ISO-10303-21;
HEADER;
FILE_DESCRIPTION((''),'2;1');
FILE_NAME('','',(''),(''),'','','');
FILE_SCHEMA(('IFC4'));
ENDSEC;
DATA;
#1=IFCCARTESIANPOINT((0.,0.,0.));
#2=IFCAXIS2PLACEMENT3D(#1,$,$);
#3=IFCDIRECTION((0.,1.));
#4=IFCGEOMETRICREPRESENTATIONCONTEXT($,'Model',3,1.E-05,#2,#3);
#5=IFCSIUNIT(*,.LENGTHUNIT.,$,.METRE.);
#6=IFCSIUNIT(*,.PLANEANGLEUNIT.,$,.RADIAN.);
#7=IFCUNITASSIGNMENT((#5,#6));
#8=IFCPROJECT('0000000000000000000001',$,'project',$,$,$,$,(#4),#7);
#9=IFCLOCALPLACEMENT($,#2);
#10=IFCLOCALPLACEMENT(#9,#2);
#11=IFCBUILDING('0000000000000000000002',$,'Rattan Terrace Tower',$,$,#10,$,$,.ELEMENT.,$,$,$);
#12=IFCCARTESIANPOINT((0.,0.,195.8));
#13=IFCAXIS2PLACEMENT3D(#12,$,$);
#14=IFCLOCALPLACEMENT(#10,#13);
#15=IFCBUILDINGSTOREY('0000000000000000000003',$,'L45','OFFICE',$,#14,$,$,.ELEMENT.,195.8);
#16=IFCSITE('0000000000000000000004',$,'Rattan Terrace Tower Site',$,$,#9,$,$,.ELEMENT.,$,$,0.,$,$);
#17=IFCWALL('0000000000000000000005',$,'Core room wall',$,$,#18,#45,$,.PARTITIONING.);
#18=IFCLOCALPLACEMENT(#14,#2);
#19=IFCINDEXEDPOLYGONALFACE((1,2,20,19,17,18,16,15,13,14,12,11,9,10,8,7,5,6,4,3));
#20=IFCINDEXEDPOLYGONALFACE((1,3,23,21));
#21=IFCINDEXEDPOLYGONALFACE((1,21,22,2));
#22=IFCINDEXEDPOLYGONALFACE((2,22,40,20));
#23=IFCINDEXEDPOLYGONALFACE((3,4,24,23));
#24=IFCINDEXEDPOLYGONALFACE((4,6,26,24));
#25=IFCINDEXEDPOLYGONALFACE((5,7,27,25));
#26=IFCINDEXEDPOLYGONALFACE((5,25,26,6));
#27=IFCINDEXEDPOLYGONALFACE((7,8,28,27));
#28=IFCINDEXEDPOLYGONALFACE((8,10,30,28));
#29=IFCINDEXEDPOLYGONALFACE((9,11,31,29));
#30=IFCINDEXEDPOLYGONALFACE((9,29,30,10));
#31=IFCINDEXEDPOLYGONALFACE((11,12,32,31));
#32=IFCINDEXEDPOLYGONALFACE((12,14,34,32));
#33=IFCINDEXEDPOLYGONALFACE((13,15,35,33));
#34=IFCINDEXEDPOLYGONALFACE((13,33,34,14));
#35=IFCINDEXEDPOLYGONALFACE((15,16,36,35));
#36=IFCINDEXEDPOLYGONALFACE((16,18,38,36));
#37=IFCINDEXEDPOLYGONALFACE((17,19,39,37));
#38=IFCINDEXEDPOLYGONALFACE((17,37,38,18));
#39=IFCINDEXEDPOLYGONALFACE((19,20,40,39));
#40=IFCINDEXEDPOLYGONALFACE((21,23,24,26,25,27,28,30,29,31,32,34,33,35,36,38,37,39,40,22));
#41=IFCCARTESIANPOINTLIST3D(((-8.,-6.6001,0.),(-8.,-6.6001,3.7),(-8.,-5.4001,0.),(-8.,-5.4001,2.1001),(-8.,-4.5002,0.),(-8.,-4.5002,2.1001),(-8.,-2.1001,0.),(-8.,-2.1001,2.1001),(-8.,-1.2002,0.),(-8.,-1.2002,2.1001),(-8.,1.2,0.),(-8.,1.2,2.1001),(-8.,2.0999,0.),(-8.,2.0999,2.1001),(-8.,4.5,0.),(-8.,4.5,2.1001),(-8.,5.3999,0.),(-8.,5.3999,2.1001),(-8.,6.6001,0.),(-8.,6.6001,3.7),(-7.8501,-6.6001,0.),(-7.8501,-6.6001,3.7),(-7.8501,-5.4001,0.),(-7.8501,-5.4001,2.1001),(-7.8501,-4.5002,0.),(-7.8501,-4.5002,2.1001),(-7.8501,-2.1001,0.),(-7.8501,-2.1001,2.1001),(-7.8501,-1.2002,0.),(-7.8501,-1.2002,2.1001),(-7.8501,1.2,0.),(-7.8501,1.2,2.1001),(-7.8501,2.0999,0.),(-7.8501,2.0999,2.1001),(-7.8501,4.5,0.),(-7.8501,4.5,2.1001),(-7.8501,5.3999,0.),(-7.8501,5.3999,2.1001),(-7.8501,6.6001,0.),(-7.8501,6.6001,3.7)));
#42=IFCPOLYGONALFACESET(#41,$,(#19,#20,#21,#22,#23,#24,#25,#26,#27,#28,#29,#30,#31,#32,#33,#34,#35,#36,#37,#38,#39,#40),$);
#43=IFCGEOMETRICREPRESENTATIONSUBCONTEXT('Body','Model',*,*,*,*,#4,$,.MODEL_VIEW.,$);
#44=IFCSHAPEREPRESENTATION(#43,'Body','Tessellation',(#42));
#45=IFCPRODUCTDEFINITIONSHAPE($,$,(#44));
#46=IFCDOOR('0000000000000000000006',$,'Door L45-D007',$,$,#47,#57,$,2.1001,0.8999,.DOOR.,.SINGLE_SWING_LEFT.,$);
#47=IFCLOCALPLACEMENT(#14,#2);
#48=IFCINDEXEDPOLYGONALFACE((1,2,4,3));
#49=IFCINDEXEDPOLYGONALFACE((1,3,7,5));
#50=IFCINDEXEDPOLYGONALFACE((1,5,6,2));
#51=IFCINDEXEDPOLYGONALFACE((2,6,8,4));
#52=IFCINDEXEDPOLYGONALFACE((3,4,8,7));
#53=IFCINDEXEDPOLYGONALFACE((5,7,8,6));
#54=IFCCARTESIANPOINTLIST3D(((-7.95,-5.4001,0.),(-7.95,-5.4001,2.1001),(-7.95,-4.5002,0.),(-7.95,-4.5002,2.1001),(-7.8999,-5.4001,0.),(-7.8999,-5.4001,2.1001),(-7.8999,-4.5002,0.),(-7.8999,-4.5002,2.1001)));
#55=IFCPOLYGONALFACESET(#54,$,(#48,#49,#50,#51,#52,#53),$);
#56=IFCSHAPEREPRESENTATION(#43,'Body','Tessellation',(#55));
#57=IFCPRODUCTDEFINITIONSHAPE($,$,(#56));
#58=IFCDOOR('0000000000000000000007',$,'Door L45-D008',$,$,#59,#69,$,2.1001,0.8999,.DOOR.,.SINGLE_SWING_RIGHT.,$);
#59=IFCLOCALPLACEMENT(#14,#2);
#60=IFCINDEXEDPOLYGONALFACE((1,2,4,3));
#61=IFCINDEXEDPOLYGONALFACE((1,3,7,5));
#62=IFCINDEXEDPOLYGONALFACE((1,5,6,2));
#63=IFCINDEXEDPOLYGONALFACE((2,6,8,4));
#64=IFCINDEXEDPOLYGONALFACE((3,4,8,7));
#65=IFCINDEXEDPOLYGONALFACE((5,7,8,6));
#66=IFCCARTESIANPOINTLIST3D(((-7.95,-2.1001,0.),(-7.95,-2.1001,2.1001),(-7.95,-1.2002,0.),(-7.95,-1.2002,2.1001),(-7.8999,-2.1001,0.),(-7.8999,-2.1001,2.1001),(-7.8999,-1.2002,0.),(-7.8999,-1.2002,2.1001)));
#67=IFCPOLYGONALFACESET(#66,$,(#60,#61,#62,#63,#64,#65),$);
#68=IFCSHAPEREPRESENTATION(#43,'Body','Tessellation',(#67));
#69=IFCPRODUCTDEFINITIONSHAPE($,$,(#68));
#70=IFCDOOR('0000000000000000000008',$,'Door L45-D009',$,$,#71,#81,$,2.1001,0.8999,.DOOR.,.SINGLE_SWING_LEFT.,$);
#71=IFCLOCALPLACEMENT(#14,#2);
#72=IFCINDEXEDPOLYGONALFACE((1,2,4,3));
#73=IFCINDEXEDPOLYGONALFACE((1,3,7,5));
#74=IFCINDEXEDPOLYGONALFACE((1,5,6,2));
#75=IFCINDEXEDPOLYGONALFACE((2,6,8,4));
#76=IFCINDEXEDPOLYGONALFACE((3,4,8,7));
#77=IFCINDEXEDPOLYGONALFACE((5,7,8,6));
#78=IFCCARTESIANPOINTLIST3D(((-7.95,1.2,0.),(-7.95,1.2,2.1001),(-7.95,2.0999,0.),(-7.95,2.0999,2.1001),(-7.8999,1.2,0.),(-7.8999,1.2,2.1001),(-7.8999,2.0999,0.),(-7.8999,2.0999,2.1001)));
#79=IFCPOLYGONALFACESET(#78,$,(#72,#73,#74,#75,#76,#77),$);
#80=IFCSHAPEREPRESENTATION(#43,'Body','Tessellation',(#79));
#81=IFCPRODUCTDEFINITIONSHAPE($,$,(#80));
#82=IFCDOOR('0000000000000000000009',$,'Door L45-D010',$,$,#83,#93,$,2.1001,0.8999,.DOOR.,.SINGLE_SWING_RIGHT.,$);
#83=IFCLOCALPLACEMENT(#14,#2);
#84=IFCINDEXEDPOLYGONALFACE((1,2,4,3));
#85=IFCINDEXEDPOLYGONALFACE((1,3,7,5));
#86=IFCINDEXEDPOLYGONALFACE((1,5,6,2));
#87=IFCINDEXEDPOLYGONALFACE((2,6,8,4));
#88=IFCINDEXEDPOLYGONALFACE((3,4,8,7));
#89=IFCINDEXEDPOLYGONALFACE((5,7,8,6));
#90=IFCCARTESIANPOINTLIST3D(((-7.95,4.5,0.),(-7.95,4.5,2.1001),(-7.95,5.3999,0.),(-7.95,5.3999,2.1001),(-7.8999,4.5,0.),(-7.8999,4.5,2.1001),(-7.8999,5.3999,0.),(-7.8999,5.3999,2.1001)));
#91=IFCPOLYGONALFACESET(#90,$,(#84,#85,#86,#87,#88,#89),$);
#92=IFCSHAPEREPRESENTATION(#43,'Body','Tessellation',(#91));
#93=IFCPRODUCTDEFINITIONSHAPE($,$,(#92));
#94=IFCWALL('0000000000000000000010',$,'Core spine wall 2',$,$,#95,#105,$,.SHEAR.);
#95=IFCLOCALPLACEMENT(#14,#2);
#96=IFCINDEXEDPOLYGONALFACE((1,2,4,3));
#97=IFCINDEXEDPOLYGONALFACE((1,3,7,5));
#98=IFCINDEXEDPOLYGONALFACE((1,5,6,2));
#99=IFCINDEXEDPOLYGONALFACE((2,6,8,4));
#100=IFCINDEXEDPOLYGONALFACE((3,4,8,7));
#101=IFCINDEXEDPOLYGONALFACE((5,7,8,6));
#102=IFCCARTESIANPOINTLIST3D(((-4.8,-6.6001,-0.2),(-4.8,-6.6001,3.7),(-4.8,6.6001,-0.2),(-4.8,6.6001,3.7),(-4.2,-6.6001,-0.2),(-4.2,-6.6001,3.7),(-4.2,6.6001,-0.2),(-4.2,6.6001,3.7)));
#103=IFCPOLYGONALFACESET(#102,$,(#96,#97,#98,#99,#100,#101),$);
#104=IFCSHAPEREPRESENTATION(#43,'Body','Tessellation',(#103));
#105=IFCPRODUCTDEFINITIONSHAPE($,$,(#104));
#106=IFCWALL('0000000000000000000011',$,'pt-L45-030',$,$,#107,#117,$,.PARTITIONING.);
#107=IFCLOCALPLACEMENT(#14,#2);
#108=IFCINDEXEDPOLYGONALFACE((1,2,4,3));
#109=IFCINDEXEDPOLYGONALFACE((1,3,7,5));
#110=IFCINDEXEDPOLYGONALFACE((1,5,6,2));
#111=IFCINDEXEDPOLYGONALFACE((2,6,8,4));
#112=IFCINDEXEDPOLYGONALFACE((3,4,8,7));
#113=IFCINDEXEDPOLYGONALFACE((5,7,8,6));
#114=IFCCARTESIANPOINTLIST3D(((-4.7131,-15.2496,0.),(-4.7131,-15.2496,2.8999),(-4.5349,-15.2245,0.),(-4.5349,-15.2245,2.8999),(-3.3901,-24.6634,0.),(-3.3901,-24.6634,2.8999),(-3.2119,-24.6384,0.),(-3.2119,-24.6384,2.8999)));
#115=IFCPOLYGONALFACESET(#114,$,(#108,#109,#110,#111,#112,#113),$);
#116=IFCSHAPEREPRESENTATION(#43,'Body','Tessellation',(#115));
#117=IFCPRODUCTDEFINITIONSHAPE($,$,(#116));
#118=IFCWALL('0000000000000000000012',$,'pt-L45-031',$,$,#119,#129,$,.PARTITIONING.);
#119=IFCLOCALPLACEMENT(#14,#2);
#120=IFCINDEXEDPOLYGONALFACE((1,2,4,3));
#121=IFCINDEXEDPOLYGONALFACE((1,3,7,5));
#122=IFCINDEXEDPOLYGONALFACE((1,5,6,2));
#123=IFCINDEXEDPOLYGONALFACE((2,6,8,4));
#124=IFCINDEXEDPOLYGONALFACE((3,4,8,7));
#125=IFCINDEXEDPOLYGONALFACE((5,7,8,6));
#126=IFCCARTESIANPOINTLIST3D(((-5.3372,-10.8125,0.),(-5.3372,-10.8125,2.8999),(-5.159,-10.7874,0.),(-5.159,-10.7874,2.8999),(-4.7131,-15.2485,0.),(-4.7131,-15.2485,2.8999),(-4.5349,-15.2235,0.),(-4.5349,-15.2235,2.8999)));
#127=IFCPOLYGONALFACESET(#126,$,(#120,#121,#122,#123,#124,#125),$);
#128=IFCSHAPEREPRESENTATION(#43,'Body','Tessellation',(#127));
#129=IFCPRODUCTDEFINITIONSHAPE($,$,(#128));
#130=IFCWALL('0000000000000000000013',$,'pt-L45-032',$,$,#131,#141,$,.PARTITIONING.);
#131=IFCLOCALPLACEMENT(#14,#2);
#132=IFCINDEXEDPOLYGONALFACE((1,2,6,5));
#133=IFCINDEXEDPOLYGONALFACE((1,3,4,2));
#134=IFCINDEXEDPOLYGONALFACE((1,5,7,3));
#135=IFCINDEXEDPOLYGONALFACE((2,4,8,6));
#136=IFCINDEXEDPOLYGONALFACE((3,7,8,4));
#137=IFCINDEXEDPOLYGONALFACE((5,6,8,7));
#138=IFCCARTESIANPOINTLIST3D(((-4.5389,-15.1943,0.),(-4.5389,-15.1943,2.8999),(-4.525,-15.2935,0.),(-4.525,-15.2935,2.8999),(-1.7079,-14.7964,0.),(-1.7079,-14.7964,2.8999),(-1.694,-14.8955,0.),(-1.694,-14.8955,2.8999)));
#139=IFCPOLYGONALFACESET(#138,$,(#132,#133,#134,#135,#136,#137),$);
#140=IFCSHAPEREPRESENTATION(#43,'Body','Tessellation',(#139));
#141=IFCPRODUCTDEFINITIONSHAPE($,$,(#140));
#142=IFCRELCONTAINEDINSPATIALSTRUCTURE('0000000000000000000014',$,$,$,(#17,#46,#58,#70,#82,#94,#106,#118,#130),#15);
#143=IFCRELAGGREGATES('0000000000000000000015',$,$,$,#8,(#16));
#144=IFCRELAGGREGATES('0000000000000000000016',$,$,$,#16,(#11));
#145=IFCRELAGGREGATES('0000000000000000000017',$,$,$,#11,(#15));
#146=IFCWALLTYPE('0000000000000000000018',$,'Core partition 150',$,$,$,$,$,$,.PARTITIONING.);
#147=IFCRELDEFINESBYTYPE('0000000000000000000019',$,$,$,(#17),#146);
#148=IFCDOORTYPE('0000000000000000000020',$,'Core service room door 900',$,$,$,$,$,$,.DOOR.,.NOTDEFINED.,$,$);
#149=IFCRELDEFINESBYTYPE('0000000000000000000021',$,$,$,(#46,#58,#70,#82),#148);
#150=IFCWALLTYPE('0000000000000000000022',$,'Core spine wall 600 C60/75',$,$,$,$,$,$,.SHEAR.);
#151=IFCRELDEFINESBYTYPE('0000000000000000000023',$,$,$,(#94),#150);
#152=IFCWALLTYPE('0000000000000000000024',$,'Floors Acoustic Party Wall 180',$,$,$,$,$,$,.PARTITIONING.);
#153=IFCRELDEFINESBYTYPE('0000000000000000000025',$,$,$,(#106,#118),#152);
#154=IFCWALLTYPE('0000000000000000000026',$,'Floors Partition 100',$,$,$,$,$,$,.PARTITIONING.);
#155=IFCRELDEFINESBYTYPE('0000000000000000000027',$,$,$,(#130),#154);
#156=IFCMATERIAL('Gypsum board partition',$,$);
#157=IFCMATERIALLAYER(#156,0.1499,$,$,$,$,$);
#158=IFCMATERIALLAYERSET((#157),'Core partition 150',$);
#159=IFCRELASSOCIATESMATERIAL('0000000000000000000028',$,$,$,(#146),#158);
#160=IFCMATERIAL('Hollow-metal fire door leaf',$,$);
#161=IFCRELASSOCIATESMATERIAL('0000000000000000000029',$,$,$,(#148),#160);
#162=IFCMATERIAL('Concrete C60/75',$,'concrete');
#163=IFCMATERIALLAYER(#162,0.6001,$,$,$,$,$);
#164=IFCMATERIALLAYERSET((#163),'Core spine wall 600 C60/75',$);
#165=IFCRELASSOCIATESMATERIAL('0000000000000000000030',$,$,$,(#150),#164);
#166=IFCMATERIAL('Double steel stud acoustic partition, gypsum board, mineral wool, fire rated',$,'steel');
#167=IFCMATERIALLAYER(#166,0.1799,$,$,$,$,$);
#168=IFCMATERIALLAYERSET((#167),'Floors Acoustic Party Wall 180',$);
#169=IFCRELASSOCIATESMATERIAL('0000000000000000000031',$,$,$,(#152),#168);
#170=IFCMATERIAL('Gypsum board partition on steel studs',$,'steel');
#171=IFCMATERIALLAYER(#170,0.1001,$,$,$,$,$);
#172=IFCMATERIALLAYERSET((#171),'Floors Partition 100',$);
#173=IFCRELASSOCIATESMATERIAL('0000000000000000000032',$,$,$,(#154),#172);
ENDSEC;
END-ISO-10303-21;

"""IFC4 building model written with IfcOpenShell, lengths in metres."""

from ifc_helpers import new_model, si_unit, direction, frame, frame_2d, origin, place, context, subcontext, project, spatial, rectangle, extrude, material, layer, layer_set, type_object, element, fill, save


model = new_model("IFC4")

# Units and contexts
model_context = context("Model", 3, precision=1e-05, world=origin(), true_north=direction((0.0, 1.0)))
body_context = subcontext(model_context, "Body", "Model", "MODEL_VIEW")
ifc_project = project(units=[si_unit("LENGTHUNIT", "METRE"), si_unit("PLANEANGLEUNIT", "RADIAN")], contexts=[model_context])

# Site, building, storey
site_placement = place(None, origin())
site = spatial("IfcSite", under=ifc_project, at=site_placement, Name="Rattan Terrace Tower Site", CompositionType="ELEMENT", RefElevation=0.0)
building_placement = place(site_placement, origin())
building = spatial("IfcBuilding", under=site, at=building_placement, Name="Rattan Terrace Tower", CompositionType="ELEMENT")
storey_placement = place(building_placement, frame((0.0, 0.0, 195.8)))
storey = spatial("IfcBuildingStorey", under=building, at=storey_placement, Name="L45", Description="OFFICE", CompositionType="ELEMENT", Elevation=195.8)

# Wall, openings, doors
ifc_material_1 = material(Name="Gypsum board partition")
ifc_layer_1 = layer(ifc_material_1, 0.1499)
ifc_layer_set_1 = layer_set([ifc_layer_1], Name="Core partition 150")
wall_type_1 = type_object("IfcWallType", Name="Core partition 150", PredefinedType="PARTITIONING", material=ifc_layer_set_1)
wall_1_placement = place(storey_placement, frame((-7.925, -6.6001, 0.0), z_axis=(0.0, 0.0, 1.0), x_axis=(0.0, 1.0, 0.0)))
wall_1 = element("IfcWall", 1, at=wall_1_placement, inside=storey, type_object=wall_type_1, Name="Core room wall", PredefinedType="PARTITIONING", context=body_context, shape_type="SweptSolid", body=[
    extrude(rectangle(XDim=13.2002, YDim=0.1499, at=frame_2d((6.6001, 0.0))), origin(), (0.0, 0.0, 1.0), 3.7),
])
opening_1_placement = place(wall_1_placement, frame((1.2, 0.0, 0.0)))
opening_1 = element("IfcOpeningElement", 2, at=opening_1_placement, cuts=wall_1, PredefinedType="OPENING", context=body_context, shape_type="SweptSolid", body=[
    extrude(rectangle(XDim=0.8999, YDim=2.1001, at=frame_2d((0.45, 1.05))), frame((0.0, 0.0854, 0.0), z_axis=(0.0, -1.0, 0.0), x_axis=(1.0, 0.0, 0.0)), (0.0, 0.0, 1.0), 0.1709),
])
opening_2_placement = place(wall_1_placement, frame((4.5, 0.0, 0.0)))
opening_2 = element("IfcOpeningElement", 3, at=opening_2_placement, cuts=wall_1, PredefinedType="OPENING", context=body_context, shape_type="SweptSolid", body=[
    extrude(rectangle(XDim=0.8999, YDim=2.1001, at=frame_2d((0.45, 1.05))), frame((0.0, 0.0854, 0.0), z_axis=(0.0, -1.0, 0.0), x_axis=(1.0, 0.0, 0.0)), (0.0, 0.0, 1.0), 0.1709),
])
opening_3_placement = place(wall_1_placement, frame((7.8, 0.0, 0.0)))
opening_3 = element("IfcOpeningElement", 4, at=opening_3_placement, cuts=wall_1, PredefinedType="OPENING", context=body_context, shape_type="SweptSolid", body=[
    extrude(rectangle(XDim=0.8999, YDim=2.1001, at=frame_2d((0.45, 1.05))), frame((0.0, 0.0854, 0.0), z_axis=(0.0, -1.0, 0.0), x_axis=(1.0, 0.0, 0.0)), (0.0, 0.0, 1.0), 0.1709),
])
opening_4_placement = place(wall_1_placement, frame((11.1001, 0.0, 0.0)))
opening_4 = element("IfcOpeningElement", 5, at=opening_4_placement, cuts=wall_1, PredefinedType="OPENING", context=body_context, shape_type="SweptSolid", body=[
    extrude(rectangle(XDim=0.8999, YDim=2.1001, at=frame_2d((0.45, 1.05))), frame((0.0, 0.0854, 0.0), z_axis=(0.0, -1.0, 0.0), x_axis=(1.0, 0.0, 0.0)), (0.0, 0.0, 1.0), 0.1709),
])
ifc_material_2 = material(Name="Hollow-metal fire door leaf")
door_type_1 = type_object("IfcDoorType", Name="Core service room door 900", OperationType="NOTDEFINED", PredefinedType="DOOR", material=ifc_material_2)
door_1_placement = place(opening_1_placement, origin())
door_1 = element("IfcDoor", 6, at=door_1_placement, inside=storey, type_object=door_type_1, Name="Door L45-D007", OperationType="SINGLE_SWING_LEFT", OverallHeight=2.1001, OverallWidth=0.8999, PredefinedType="DOOR", context=body_context, shape_type="SweptSolid", body=[
    extrude(rectangle(XDim=0.8999, YDim=2.1001, at=frame_2d((0.45, 1.05))), frame((0.0, 0.0249, 0.0), z_axis=(0.0, -1.0, 0.0), x_axis=(1.0, 0.0, 0.0)), (0.0, 0.0, 1.0), 0.05),
])
fill(opening_1, door_1)
door_2_placement = place(opening_2_placement, origin())
door_2 = element("IfcDoor", 7, at=door_2_placement, inside=storey, type_object=door_type_1, Name="Door L45-D008", OperationType="SINGLE_SWING_RIGHT", OverallHeight=2.1001, OverallWidth=0.8999, PredefinedType="DOOR", context=body_context, shape_type="SweptSolid", body=[
    extrude(rectangle(XDim=0.8999, YDim=2.1001, at=frame_2d((0.45, 1.05))), frame((0.0, 0.0249, 0.0), z_axis=(0.0, -1.0, 0.0), x_axis=(1.0, 0.0, 0.0)), (0.0, 0.0, 1.0), 0.05),
])
fill(opening_2, door_2)
door_3_placement = place(opening_3_placement, origin())
door_3 = element("IfcDoor", 8, at=door_3_placement, inside=storey, type_object=door_type_1, Name="Door L45-D009", OperationType="SINGLE_SWING_LEFT", OverallHeight=2.1001, OverallWidth=0.8999, PredefinedType="DOOR", context=body_context, shape_type="SweptSolid", body=[
    extrude(rectangle(XDim=0.8999, YDim=2.1001, at=frame_2d((0.45, 1.05))), frame((0.0, 0.0249, 0.0), z_axis=(0.0, -1.0, 0.0), x_axis=(1.0, 0.0, 0.0)), (0.0, 0.0, 1.0), 0.05),
])
fill(opening_3, door_3)
door_4_placement = place(opening_4_placement, origin())
door_4 = element("IfcDoor", 9, at=door_4_placement, inside=storey, type_object=door_type_1, Name="Door L45-D010", OperationType="SINGLE_SWING_RIGHT", OverallHeight=2.1001, OverallWidth=0.8999, PredefinedType="DOOR", context=body_context, shape_type="SweptSolid", body=[
    extrude(rectangle(XDim=0.8999, YDim=2.1001, at=frame_2d((0.45, 1.05))), frame((0.0, 0.0249, 0.0), z_axis=(0.0, -1.0, 0.0), x_axis=(1.0, 0.0, 0.0)), (0.0, 0.0, 1.0), 0.05),
])
fill(opening_4, door_4)

# Walls
ifc_material_3 = material(Name="Concrete C60/75", Category="concrete")
ifc_layer_2 = layer(ifc_material_3, 0.6001)
ifc_layer_set_2 = layer_set([ifc_layer_2], Name="Core spine wall 600 C60/75")
wall_type_2 = type_object("IfcWallType", Name="Core spine wall 600 C60/75", PredefinedType="SHEAR", material=ifc_layer_set_2)
wall_2_placement = place(storey_placement, frame((-4.5, -6.6001, -0.2), z_axis=(0.0, 0.0, 1.0), x_axis=(0.0, 1.0, 0.0)))
element("IfcWall", 10, at=wall_2_placement, inside=storey, type_object=wall_type_2, Name="Core spine wall 2", PredefinedType="SHEAR", context=body_context, shape_type="SweptSolid", body=[
    extrude(rectangle(XDim=13.2002, YDim=0.6001, at=frame_2d((6.6001, 0.0))), origin(), (0.0, 0.0, 1.0), 3.8999),
])
ifc_material_4 = material(Name="Double steel stud acoustic partition, gypsum board, mineral wool, fire rated", Category="steel")
ifc_layer_3 = layer(ifc_material_4, 0.1799)
ifc_layer_set_3 = layer_set([ifc_layer_3], Name="Floors Acoustic Party Wall 180")
wall_type_3 = type_object("IfcWallType", Name="Floors Acoustic Party Wall 180", PredefinedType="PARTITIONING", material=ifc_layer_set_3)
wall_3_placement = place(storey_placement, frame((-4.624, -15.2371, 0.0), z_axis=(0.0, 0.0, 1.0), x_axis=(0.13917, -0.990268, 0.0)))
element("IfcWall", 11, at=wall_3_placement, inside=storey, type_object=wall_type_3, Name="pt-L45-030", PredefinedType="PARTITIONING", context=body_context, shape_type="SweptSolid", body=[
    extrude(rectangle(XDim=9.5063, YDim=0.1799, at=frame_2d((4.7532, 0.0))), origin(), (0.0, 0.0, 1.0), 2.8999),
])
wall_4_placement = place(storey_placement, frame((-5.248, -10.8, 0.0), z_axis=(0.0, 0.0, 1.0), x_axis=(0.1393, -0.99025, 0.0)))
element("IfcWall", 12, at=wall_4_placement, inside=storey, type_object=wall_type_3, Name="pt-L45-031", PredefinedType="PARTITIONING", context=body_context, shape_type="SweptSolid", body=[
    extrude(rectangle(XDim=4.4797, YDim=0.1799, at=frame_2d((2.2397, 0.0))), origin(), (0.0, 0.0, 1.0), 2.8999),
])
ifc_material_5 = material(Name="Gypsum board partition on steel studs", Category="steel")
ifc_layer_4 = layer(ifc_material_5, 0.1001)
ifc_layer_set_4 = layer_set([ifc_layer_4], Name="Floors Partition 100")
wall_type_4 = type_object("IfcWallType", Name="Floors Partition 100", PredefinedType="PARTITIONING", material=ifc_layer_set_4)
wall_5_placement = place(storey_placement, frame((-4.532, -15.2439, 0.0), z_axis=(0.0, 0.0, 1.0), x_axis=(0.990265, 0.139197, 0.0)))
element("IfcWall", 13, at=wall_5_placement, inside=storey, type_object=wall_type_4, Name="pt-L45-032", PredefinedType="PARTITIONING", context=body_context, shape_type="SweptSolid", body=[
    extrude(rectangle(XDim=2.8589, YDim=0.1001, at=frame_2d((1.4294, 0.0))), origin(), (0.0, 0.0, 1.0), 2.8999),
])

save(model, "model.ifc")
